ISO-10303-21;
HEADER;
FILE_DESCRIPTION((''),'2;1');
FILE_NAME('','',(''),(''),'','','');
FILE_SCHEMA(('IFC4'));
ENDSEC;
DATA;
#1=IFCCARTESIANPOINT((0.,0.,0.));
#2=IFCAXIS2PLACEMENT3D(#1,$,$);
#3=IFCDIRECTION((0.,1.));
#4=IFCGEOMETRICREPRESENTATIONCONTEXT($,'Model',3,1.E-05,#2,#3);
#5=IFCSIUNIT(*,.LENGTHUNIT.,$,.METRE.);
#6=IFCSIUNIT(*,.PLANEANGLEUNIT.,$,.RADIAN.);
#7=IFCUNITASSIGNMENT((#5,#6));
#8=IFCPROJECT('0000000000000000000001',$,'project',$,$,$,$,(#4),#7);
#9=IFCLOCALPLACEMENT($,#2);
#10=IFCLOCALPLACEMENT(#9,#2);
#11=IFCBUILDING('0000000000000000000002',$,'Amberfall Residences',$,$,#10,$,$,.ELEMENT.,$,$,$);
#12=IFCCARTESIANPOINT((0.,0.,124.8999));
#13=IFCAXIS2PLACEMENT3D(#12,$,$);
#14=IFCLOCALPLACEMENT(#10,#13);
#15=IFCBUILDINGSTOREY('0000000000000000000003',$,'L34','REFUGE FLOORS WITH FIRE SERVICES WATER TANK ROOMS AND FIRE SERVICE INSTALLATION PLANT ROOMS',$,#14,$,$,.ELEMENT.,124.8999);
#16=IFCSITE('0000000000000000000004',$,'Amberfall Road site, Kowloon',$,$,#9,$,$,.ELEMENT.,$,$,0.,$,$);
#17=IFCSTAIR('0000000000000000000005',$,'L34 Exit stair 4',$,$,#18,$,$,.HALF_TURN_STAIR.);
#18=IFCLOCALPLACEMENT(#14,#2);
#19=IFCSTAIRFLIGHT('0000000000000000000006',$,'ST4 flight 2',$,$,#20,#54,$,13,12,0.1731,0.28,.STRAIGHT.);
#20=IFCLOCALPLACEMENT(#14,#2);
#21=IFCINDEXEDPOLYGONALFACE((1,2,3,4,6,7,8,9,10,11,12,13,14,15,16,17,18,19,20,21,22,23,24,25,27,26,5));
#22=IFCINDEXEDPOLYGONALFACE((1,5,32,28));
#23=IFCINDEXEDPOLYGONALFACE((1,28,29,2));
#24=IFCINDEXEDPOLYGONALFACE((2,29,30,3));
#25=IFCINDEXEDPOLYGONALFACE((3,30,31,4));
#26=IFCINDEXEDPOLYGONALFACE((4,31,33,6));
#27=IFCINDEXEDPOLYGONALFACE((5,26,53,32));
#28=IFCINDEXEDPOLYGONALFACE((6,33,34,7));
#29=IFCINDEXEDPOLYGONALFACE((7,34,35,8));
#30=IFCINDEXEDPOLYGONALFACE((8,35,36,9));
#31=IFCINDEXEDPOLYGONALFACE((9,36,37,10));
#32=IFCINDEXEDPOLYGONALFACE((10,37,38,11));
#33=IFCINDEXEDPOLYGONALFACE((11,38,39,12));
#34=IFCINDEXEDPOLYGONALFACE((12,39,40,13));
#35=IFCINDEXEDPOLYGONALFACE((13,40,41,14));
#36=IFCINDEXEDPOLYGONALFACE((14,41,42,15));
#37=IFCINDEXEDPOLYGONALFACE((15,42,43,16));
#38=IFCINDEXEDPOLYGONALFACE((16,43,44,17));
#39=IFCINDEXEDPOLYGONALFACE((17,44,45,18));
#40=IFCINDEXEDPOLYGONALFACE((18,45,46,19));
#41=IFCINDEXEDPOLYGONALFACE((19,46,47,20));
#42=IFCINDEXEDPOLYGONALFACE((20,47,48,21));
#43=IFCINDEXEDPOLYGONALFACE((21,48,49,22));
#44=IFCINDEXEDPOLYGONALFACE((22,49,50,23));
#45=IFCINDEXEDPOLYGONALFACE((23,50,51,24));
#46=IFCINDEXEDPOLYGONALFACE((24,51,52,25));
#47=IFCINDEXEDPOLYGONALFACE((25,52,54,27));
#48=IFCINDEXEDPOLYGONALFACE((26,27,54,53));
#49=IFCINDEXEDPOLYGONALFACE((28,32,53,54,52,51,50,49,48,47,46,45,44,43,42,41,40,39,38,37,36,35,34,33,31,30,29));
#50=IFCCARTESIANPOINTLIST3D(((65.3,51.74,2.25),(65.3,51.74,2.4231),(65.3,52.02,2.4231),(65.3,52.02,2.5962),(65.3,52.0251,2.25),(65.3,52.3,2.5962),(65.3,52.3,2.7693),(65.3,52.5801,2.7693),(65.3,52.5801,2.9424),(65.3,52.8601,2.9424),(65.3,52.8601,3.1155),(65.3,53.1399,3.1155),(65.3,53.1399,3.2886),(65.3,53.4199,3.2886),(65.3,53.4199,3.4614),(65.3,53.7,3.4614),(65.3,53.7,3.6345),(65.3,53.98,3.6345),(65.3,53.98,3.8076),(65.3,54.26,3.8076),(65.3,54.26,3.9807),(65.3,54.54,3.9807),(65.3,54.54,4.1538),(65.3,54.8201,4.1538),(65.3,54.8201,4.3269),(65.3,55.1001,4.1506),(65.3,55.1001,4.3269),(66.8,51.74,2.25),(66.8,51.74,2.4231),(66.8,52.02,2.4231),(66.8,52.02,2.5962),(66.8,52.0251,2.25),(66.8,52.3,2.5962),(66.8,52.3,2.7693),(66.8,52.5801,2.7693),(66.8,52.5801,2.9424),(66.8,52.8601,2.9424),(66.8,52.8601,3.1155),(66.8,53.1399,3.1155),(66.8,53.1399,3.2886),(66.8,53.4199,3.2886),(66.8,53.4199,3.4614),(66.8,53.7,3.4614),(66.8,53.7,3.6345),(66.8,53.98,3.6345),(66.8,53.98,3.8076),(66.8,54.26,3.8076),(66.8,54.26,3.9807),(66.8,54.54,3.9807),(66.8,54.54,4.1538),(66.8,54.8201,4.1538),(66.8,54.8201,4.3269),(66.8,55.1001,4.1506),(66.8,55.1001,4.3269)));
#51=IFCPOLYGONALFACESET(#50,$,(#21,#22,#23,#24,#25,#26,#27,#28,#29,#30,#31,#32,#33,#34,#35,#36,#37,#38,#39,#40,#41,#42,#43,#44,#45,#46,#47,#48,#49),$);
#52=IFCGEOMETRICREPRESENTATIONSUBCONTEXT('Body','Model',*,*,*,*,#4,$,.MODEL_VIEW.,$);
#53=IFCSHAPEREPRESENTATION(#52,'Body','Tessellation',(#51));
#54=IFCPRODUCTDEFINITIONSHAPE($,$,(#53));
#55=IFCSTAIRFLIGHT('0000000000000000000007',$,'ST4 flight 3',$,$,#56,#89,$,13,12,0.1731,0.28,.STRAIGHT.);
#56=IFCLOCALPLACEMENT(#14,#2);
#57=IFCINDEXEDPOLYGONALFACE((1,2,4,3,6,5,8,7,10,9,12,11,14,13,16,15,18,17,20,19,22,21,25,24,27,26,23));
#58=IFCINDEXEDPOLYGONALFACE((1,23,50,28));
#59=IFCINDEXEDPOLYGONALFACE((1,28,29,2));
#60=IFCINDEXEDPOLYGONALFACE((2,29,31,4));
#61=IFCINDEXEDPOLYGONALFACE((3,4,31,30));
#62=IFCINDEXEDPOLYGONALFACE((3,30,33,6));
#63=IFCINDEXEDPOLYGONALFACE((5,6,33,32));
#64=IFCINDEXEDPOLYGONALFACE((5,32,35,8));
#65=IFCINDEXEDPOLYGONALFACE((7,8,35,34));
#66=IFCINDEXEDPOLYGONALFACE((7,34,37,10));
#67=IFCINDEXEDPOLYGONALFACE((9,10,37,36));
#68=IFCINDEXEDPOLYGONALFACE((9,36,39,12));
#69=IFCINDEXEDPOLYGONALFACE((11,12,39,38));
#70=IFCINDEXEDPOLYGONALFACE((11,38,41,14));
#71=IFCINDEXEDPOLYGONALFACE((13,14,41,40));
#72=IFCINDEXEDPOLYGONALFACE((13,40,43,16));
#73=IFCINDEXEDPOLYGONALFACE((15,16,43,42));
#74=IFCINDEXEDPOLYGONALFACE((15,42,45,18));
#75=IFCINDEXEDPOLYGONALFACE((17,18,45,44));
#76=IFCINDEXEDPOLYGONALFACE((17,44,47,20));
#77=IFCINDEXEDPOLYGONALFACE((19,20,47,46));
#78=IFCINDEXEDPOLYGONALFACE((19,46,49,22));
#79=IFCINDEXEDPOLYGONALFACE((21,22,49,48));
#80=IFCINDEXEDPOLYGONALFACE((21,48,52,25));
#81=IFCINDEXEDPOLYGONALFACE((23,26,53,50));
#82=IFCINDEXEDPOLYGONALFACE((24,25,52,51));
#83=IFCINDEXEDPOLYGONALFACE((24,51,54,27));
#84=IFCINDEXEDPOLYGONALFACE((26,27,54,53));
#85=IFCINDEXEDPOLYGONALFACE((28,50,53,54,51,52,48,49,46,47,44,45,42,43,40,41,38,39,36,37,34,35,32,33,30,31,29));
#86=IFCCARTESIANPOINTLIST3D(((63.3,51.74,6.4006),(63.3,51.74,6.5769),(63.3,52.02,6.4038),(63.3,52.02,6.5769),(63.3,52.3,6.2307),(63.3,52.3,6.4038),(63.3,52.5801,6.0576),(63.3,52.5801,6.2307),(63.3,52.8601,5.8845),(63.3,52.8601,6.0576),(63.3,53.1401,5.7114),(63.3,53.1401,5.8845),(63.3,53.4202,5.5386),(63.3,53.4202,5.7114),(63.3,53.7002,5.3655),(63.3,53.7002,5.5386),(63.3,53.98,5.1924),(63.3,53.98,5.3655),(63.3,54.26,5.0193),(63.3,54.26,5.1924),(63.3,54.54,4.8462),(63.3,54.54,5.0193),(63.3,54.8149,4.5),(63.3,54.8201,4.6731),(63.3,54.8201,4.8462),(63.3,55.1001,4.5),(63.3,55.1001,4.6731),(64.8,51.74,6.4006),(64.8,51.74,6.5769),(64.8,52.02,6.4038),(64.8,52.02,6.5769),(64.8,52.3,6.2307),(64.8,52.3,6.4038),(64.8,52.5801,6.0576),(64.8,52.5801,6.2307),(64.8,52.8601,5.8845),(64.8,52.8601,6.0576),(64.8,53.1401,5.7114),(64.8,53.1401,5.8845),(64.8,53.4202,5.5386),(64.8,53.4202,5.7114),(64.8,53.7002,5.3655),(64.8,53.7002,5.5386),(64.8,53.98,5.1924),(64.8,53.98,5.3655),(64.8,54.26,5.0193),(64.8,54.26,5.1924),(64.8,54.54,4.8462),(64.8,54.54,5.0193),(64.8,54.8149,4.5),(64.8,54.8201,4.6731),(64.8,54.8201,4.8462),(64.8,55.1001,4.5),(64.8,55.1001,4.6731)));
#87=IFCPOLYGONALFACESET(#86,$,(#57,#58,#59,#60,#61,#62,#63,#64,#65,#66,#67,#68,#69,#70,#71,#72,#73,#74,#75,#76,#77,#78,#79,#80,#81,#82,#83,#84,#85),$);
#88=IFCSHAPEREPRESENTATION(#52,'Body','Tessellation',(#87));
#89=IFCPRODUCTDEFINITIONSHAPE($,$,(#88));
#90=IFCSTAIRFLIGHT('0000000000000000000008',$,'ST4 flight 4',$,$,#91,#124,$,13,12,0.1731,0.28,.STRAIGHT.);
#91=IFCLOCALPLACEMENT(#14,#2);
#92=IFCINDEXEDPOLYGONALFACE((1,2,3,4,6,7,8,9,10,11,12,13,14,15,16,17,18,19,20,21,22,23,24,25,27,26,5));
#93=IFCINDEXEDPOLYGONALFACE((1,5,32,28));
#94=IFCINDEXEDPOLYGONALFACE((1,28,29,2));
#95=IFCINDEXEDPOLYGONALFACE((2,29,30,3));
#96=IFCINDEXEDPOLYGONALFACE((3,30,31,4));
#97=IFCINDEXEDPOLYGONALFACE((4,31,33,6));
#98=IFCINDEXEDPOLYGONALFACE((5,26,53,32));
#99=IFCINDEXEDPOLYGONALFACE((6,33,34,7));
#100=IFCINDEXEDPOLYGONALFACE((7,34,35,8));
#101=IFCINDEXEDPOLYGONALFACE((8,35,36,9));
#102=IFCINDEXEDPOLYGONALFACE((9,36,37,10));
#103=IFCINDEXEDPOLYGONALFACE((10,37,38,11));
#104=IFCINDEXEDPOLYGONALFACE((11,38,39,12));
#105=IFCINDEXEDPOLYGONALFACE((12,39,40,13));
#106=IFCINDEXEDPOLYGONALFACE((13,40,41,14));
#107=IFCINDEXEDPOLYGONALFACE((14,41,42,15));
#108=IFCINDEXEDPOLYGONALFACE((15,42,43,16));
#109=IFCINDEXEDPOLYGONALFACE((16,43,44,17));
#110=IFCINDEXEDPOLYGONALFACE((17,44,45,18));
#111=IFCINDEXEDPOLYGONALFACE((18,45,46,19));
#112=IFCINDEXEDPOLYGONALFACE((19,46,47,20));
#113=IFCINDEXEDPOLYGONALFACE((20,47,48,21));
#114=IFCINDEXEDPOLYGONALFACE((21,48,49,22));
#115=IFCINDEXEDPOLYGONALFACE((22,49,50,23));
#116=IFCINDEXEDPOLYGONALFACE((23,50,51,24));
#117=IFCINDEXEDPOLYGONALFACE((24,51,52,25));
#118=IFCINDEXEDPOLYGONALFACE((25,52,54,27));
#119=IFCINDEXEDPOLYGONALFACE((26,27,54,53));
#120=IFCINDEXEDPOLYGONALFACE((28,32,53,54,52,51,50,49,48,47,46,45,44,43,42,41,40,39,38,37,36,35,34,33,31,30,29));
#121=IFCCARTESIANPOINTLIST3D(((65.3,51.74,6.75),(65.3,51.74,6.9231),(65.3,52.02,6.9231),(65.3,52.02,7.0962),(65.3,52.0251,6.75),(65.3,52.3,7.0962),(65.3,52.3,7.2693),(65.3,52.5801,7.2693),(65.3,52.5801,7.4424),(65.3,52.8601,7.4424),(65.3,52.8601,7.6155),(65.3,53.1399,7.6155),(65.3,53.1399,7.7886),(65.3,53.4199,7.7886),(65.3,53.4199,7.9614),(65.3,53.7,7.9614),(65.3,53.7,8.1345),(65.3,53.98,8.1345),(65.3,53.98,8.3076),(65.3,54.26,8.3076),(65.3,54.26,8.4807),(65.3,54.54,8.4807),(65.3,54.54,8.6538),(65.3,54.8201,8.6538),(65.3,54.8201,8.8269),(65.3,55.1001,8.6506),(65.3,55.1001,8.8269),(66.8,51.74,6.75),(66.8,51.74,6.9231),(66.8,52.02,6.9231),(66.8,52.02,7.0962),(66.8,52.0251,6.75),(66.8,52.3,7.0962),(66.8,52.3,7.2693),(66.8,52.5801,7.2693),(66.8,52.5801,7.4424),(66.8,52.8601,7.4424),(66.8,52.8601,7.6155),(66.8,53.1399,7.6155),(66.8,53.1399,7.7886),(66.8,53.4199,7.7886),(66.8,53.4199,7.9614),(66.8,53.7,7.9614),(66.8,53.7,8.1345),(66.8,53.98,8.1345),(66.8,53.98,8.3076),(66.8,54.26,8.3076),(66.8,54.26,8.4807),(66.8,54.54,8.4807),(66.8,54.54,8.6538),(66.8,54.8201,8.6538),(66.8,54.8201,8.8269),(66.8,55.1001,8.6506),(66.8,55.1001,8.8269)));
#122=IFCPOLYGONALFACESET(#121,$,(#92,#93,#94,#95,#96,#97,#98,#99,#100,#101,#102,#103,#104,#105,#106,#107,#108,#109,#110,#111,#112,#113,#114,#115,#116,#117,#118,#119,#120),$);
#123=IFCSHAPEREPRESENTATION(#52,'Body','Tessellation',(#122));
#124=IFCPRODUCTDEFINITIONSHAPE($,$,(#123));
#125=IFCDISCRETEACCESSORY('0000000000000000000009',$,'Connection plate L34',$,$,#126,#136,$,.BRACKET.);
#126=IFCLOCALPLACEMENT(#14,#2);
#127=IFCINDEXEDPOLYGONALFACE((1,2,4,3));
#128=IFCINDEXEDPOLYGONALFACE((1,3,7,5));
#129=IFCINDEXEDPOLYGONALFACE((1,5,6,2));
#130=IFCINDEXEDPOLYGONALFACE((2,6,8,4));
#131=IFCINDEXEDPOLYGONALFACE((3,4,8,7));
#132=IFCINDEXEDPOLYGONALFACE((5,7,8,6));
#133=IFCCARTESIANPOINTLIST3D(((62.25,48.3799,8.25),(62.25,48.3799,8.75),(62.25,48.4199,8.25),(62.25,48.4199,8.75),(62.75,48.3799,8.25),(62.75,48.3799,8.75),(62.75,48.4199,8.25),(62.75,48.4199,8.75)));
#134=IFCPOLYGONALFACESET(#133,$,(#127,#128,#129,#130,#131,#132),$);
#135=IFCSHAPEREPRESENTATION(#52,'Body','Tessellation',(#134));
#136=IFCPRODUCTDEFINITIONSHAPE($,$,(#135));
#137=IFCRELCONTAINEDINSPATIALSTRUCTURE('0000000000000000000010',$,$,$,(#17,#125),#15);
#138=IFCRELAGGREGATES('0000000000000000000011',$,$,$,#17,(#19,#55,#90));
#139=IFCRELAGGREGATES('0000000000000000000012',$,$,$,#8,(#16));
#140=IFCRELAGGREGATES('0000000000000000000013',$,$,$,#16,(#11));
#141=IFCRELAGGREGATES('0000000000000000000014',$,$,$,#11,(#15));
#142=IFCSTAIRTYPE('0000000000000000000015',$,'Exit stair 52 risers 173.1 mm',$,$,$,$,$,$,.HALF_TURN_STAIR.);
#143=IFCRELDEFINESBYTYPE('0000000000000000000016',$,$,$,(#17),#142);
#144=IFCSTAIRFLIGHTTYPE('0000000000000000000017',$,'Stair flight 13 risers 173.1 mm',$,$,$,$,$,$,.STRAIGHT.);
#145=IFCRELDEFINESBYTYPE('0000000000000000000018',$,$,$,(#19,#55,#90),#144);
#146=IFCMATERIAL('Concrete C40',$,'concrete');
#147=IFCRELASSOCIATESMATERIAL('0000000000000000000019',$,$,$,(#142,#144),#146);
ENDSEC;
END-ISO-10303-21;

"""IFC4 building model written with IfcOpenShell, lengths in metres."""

from ifc_helpers import new_model, si_unit, direction, frame, origin, origin_2d, place, context, subcontext, project, spatial, polyline, rectangle, outline, extrude, material, type_object, element, aggregate, save


model = new_model("IFC4")

# Units and contexts
model_context = context("Model", 3, precision=1e-05, world=origin(), true_north=direction((0.0, 1.0)))
body_context = subcontext(model_context, "Body", "Model", "MODEL_VIEW")
ifc_project = project(units=[si_unit("LENGTHUNIT", "METRE"), si_unit("PLANEANGLEUNIT", "RADIAN")], contexts=[model_context])

# Site, building, storey
site_placement = place(None, origin())
site = spatial("IfcSite", under=ifc_project, at=site_placement, Name="Amberfall Road site, Kowloon", CompositionType="ELEMENT", RefElevation=0.0)
building_placement = place(site_placement, origin())
building = spatial("IfcBuilding", under=site, at=building_placement, Name="Amberfall Residences", CompositionType="ELEMENT")
storey_placement = place(building_placement, frame((0.0, 0.0, 124.8999)))
storey = spatial("IfcBuildingStorey", under=building, at=storey_placement, Name="L34", Description="REFUGE FLOORS WITH FIRE SERVICES WATER TANK ROOMS AND FIRE SERVICE INSTALLATION PLANT ROOMS", CompositionType="ELEMENT", Elevation=124.8999)

# Shared definitions
ifc_material_1 = material(Name="Concrete C40", Category="concrete")

# Stair, stair flights
stair_type = type_object("IfcStairType", Name="Exit stair 52 risers 173.1 mm", PredefinedType="HALF_TURN_STAIR", material=ifc_material_1)
stair_placement = place(storey_placement, origin())
stair = element("IfcStair", 1, at=stair_placement, inside=storey, type_object=stair_type, Name="L34 Exit stair 4", PredefinedType="HALF_TURN_STAIR")
stair_flight_type = type_object("IfcStairFlightType", Name="Stair flight 13 risers 173.1 mm", PredefinedType="STRAIGHT", material=ifc_material_1)
stair_flight_1_placement = place(storey_placement, frame((66.05, 51.74, 2.25), z_axis=(0.0, 0.0, 1.0), x_axis=(0.0, 1.0, 0.0)))
stair_flight_1 = element("IfcStairFlight", 2, at=stair_flight_1_placement, type_object=stair_flight_type, Name="ST4 flight 2", NumberOfRisers=13, NumberOfTreads=12, PredefinedType="STRAIGHT", RiserHeight=0.1731, TreadLength=0.28, context=body_context, shape_type="SweptSolid", body=[
    extrude(outline(polyline([(0.0, 0.0), (0.0, 0.1731), (0.28, 0.1731), (0.28, 0.3462), (0.5601, 0.3462), (0.5601, 0.5193), (0.8401, 0.5193), (0.8401, 0.6924), (1.1201, 0.6924), (1.1201, 0.8655), (1.3999, 0.8655), (1.3999, 1.0386), (1.6799, 1.0386), (1.6799, 1.2114), (1.96, 1.2114), (1.96, 1.3845), (2.24, 1.3845), (2.24, 1.5576), (2.52, 1.5576), (2.52, 1.7307), (2.8, 1.7307), (2.8, 1.9038), (3.0801, 1.9038), (3.0801, 2.0769), (3.3601, 2.0769), (3.3601, 2.25), (3.3601, 1.9006), (0.2852, 0.0), (0.0, 0.0)])), frame((0.0, 0.75, 0.0), z_axis=(0.0, -1.0, 0.0), x_axis=(1.0, 0.0, 0.0)), (0.0, 0.0, 1.0), 1.5),
])
stair_flight_2_placement = place(storey_placement, frame((64.05, 55.1001, 4.5), z_axis=(0.0, 0.0, 1.0), x_axis=(0.0, -1.0, 0.0)))
stair_flight_2 = element("IfcStairFlight", 3, at=stair_flight_2_placement, type_object=stair_flight_type, Name="ST4 flight 3", NumberOfRisers=13, NumberOfTreads=12, PredefinedType="STRAIGHT", RiserHeight=0.1731, TreadLength=0.28, context=body_context, shape_type="SweptSolid", body=[
    extrude(outline(polyline([(0.0, 0.0), (0.0, 0.1731), (0.28, 0.1731), (0.28, 0.3462), (0.5601, 0.3462), (0.5601, 0.5193), (0.8401, 0.5193), (0.8401, 0.6924), (1.1201, 0.6924), (1.1201, 0.8655), (1.3999, 0.8655), (1.3999, 1.0386), (1.6799, 1.0386), (1.6799, 1.2114), (1.96, 1.2114), (1.96, 1.3845), (2.24, 1.3845), (2.24, 1.5576), (2.52, 1.5576), (2.52, 1.7307), (2.8, 1.7307), (2.8, 1.9038), (3.0801, 1.9038), (3.0801, 2.0769), (3.3601, 2.0769), (3.3601, 2.25), (3.3601, 1.9006), (0.2852, 0.0), (0.0, 0.0)])), frame((0.0, 0.75, 0.0), z_axis=(0.0, -1.0, 0.0), x_axis=(1.0, 0.0, 0.0)), (0.0, 0.0, 1.0), 1.5),
])
stair_flight_3_placement = place(storey_placement, frame((66.05, 51.74, 6.75), z_axis=(0.0, 0.0, 1.0), x_axis=(0.0, 1.0, 0.0)))
stair_flight_3 = element("IfcStairFlight", 4, at=stair_flight_3_placement, type_object=stair_flight_type, Name="ST4 flight 4", NumberOfRisers=13, NumberOfTreads=12, PredefinedType="STRAIGHT", RiserHeight=0.1731, TreadLength=0.28, context=body_context, shape_type="SweptSolid", body=[
    extrude(outline(polyline([(0.0, 0.0), (0.0, 0.1731), (0.28, 0.1731), (0.28, 0.3462), (0.5601, 0.3462), (0.5601, 0.5193), (0.8401, 0.5193), (0.8401, 0.6924), (1.1201, 0.6924), (1.1201, 0.8655), (1.3999, 0.8655), (1.3999, 1.0386), (1.6799, 1.0386), (1.6799, 1.2114), (1.96, 1.2114), (1.96, 1.3845), (2.24, 1.3845), (2.24, 1.5576), (2.52, 1.5576), (2.52, 1.7307), (2.8, 1.7307), (2.8, 1.9038), (3.0801, 1.9038), (3.0801, 2.0769), (3.3601, 2.0769), (3.3601, 2.25), (3.3601, 1.9006), (0.2852, 0.0), (0.0, 0.0)])), frame((0.0, 0.75, 0.0), z_axis=(0.0, -1.0, 0.0), x_axis=(1.0, 0.0, 0.0)), (0.0, 0.0, 1.0), 1.5),
])
aggregate(stair, [stair_flight_1, stair_flight_2, stair_flight_3])

# Discrete accessory
discrete_accessory_placement = place(storey_placement, frame((62.5, 48.3999, 8.25), z_axis=(0.0, 0.0, 1.0), x_axis=(1.0, 0.0, 0.0)))
element("IfcDiscreteAccessory", 5, at=discrete_accessory_placement, inside=storey, Name="Connection plate L34", PredefinedType="BRACKET", context=body_context, shape_type="SweptSolid", body=[
    extrude(rectangle(XDim=0.5, YDim=0.04, at=origin_2d()), origin(), (0.0, 0.0, 1.0), 0.5),
])

save(model, "model.ifc")
